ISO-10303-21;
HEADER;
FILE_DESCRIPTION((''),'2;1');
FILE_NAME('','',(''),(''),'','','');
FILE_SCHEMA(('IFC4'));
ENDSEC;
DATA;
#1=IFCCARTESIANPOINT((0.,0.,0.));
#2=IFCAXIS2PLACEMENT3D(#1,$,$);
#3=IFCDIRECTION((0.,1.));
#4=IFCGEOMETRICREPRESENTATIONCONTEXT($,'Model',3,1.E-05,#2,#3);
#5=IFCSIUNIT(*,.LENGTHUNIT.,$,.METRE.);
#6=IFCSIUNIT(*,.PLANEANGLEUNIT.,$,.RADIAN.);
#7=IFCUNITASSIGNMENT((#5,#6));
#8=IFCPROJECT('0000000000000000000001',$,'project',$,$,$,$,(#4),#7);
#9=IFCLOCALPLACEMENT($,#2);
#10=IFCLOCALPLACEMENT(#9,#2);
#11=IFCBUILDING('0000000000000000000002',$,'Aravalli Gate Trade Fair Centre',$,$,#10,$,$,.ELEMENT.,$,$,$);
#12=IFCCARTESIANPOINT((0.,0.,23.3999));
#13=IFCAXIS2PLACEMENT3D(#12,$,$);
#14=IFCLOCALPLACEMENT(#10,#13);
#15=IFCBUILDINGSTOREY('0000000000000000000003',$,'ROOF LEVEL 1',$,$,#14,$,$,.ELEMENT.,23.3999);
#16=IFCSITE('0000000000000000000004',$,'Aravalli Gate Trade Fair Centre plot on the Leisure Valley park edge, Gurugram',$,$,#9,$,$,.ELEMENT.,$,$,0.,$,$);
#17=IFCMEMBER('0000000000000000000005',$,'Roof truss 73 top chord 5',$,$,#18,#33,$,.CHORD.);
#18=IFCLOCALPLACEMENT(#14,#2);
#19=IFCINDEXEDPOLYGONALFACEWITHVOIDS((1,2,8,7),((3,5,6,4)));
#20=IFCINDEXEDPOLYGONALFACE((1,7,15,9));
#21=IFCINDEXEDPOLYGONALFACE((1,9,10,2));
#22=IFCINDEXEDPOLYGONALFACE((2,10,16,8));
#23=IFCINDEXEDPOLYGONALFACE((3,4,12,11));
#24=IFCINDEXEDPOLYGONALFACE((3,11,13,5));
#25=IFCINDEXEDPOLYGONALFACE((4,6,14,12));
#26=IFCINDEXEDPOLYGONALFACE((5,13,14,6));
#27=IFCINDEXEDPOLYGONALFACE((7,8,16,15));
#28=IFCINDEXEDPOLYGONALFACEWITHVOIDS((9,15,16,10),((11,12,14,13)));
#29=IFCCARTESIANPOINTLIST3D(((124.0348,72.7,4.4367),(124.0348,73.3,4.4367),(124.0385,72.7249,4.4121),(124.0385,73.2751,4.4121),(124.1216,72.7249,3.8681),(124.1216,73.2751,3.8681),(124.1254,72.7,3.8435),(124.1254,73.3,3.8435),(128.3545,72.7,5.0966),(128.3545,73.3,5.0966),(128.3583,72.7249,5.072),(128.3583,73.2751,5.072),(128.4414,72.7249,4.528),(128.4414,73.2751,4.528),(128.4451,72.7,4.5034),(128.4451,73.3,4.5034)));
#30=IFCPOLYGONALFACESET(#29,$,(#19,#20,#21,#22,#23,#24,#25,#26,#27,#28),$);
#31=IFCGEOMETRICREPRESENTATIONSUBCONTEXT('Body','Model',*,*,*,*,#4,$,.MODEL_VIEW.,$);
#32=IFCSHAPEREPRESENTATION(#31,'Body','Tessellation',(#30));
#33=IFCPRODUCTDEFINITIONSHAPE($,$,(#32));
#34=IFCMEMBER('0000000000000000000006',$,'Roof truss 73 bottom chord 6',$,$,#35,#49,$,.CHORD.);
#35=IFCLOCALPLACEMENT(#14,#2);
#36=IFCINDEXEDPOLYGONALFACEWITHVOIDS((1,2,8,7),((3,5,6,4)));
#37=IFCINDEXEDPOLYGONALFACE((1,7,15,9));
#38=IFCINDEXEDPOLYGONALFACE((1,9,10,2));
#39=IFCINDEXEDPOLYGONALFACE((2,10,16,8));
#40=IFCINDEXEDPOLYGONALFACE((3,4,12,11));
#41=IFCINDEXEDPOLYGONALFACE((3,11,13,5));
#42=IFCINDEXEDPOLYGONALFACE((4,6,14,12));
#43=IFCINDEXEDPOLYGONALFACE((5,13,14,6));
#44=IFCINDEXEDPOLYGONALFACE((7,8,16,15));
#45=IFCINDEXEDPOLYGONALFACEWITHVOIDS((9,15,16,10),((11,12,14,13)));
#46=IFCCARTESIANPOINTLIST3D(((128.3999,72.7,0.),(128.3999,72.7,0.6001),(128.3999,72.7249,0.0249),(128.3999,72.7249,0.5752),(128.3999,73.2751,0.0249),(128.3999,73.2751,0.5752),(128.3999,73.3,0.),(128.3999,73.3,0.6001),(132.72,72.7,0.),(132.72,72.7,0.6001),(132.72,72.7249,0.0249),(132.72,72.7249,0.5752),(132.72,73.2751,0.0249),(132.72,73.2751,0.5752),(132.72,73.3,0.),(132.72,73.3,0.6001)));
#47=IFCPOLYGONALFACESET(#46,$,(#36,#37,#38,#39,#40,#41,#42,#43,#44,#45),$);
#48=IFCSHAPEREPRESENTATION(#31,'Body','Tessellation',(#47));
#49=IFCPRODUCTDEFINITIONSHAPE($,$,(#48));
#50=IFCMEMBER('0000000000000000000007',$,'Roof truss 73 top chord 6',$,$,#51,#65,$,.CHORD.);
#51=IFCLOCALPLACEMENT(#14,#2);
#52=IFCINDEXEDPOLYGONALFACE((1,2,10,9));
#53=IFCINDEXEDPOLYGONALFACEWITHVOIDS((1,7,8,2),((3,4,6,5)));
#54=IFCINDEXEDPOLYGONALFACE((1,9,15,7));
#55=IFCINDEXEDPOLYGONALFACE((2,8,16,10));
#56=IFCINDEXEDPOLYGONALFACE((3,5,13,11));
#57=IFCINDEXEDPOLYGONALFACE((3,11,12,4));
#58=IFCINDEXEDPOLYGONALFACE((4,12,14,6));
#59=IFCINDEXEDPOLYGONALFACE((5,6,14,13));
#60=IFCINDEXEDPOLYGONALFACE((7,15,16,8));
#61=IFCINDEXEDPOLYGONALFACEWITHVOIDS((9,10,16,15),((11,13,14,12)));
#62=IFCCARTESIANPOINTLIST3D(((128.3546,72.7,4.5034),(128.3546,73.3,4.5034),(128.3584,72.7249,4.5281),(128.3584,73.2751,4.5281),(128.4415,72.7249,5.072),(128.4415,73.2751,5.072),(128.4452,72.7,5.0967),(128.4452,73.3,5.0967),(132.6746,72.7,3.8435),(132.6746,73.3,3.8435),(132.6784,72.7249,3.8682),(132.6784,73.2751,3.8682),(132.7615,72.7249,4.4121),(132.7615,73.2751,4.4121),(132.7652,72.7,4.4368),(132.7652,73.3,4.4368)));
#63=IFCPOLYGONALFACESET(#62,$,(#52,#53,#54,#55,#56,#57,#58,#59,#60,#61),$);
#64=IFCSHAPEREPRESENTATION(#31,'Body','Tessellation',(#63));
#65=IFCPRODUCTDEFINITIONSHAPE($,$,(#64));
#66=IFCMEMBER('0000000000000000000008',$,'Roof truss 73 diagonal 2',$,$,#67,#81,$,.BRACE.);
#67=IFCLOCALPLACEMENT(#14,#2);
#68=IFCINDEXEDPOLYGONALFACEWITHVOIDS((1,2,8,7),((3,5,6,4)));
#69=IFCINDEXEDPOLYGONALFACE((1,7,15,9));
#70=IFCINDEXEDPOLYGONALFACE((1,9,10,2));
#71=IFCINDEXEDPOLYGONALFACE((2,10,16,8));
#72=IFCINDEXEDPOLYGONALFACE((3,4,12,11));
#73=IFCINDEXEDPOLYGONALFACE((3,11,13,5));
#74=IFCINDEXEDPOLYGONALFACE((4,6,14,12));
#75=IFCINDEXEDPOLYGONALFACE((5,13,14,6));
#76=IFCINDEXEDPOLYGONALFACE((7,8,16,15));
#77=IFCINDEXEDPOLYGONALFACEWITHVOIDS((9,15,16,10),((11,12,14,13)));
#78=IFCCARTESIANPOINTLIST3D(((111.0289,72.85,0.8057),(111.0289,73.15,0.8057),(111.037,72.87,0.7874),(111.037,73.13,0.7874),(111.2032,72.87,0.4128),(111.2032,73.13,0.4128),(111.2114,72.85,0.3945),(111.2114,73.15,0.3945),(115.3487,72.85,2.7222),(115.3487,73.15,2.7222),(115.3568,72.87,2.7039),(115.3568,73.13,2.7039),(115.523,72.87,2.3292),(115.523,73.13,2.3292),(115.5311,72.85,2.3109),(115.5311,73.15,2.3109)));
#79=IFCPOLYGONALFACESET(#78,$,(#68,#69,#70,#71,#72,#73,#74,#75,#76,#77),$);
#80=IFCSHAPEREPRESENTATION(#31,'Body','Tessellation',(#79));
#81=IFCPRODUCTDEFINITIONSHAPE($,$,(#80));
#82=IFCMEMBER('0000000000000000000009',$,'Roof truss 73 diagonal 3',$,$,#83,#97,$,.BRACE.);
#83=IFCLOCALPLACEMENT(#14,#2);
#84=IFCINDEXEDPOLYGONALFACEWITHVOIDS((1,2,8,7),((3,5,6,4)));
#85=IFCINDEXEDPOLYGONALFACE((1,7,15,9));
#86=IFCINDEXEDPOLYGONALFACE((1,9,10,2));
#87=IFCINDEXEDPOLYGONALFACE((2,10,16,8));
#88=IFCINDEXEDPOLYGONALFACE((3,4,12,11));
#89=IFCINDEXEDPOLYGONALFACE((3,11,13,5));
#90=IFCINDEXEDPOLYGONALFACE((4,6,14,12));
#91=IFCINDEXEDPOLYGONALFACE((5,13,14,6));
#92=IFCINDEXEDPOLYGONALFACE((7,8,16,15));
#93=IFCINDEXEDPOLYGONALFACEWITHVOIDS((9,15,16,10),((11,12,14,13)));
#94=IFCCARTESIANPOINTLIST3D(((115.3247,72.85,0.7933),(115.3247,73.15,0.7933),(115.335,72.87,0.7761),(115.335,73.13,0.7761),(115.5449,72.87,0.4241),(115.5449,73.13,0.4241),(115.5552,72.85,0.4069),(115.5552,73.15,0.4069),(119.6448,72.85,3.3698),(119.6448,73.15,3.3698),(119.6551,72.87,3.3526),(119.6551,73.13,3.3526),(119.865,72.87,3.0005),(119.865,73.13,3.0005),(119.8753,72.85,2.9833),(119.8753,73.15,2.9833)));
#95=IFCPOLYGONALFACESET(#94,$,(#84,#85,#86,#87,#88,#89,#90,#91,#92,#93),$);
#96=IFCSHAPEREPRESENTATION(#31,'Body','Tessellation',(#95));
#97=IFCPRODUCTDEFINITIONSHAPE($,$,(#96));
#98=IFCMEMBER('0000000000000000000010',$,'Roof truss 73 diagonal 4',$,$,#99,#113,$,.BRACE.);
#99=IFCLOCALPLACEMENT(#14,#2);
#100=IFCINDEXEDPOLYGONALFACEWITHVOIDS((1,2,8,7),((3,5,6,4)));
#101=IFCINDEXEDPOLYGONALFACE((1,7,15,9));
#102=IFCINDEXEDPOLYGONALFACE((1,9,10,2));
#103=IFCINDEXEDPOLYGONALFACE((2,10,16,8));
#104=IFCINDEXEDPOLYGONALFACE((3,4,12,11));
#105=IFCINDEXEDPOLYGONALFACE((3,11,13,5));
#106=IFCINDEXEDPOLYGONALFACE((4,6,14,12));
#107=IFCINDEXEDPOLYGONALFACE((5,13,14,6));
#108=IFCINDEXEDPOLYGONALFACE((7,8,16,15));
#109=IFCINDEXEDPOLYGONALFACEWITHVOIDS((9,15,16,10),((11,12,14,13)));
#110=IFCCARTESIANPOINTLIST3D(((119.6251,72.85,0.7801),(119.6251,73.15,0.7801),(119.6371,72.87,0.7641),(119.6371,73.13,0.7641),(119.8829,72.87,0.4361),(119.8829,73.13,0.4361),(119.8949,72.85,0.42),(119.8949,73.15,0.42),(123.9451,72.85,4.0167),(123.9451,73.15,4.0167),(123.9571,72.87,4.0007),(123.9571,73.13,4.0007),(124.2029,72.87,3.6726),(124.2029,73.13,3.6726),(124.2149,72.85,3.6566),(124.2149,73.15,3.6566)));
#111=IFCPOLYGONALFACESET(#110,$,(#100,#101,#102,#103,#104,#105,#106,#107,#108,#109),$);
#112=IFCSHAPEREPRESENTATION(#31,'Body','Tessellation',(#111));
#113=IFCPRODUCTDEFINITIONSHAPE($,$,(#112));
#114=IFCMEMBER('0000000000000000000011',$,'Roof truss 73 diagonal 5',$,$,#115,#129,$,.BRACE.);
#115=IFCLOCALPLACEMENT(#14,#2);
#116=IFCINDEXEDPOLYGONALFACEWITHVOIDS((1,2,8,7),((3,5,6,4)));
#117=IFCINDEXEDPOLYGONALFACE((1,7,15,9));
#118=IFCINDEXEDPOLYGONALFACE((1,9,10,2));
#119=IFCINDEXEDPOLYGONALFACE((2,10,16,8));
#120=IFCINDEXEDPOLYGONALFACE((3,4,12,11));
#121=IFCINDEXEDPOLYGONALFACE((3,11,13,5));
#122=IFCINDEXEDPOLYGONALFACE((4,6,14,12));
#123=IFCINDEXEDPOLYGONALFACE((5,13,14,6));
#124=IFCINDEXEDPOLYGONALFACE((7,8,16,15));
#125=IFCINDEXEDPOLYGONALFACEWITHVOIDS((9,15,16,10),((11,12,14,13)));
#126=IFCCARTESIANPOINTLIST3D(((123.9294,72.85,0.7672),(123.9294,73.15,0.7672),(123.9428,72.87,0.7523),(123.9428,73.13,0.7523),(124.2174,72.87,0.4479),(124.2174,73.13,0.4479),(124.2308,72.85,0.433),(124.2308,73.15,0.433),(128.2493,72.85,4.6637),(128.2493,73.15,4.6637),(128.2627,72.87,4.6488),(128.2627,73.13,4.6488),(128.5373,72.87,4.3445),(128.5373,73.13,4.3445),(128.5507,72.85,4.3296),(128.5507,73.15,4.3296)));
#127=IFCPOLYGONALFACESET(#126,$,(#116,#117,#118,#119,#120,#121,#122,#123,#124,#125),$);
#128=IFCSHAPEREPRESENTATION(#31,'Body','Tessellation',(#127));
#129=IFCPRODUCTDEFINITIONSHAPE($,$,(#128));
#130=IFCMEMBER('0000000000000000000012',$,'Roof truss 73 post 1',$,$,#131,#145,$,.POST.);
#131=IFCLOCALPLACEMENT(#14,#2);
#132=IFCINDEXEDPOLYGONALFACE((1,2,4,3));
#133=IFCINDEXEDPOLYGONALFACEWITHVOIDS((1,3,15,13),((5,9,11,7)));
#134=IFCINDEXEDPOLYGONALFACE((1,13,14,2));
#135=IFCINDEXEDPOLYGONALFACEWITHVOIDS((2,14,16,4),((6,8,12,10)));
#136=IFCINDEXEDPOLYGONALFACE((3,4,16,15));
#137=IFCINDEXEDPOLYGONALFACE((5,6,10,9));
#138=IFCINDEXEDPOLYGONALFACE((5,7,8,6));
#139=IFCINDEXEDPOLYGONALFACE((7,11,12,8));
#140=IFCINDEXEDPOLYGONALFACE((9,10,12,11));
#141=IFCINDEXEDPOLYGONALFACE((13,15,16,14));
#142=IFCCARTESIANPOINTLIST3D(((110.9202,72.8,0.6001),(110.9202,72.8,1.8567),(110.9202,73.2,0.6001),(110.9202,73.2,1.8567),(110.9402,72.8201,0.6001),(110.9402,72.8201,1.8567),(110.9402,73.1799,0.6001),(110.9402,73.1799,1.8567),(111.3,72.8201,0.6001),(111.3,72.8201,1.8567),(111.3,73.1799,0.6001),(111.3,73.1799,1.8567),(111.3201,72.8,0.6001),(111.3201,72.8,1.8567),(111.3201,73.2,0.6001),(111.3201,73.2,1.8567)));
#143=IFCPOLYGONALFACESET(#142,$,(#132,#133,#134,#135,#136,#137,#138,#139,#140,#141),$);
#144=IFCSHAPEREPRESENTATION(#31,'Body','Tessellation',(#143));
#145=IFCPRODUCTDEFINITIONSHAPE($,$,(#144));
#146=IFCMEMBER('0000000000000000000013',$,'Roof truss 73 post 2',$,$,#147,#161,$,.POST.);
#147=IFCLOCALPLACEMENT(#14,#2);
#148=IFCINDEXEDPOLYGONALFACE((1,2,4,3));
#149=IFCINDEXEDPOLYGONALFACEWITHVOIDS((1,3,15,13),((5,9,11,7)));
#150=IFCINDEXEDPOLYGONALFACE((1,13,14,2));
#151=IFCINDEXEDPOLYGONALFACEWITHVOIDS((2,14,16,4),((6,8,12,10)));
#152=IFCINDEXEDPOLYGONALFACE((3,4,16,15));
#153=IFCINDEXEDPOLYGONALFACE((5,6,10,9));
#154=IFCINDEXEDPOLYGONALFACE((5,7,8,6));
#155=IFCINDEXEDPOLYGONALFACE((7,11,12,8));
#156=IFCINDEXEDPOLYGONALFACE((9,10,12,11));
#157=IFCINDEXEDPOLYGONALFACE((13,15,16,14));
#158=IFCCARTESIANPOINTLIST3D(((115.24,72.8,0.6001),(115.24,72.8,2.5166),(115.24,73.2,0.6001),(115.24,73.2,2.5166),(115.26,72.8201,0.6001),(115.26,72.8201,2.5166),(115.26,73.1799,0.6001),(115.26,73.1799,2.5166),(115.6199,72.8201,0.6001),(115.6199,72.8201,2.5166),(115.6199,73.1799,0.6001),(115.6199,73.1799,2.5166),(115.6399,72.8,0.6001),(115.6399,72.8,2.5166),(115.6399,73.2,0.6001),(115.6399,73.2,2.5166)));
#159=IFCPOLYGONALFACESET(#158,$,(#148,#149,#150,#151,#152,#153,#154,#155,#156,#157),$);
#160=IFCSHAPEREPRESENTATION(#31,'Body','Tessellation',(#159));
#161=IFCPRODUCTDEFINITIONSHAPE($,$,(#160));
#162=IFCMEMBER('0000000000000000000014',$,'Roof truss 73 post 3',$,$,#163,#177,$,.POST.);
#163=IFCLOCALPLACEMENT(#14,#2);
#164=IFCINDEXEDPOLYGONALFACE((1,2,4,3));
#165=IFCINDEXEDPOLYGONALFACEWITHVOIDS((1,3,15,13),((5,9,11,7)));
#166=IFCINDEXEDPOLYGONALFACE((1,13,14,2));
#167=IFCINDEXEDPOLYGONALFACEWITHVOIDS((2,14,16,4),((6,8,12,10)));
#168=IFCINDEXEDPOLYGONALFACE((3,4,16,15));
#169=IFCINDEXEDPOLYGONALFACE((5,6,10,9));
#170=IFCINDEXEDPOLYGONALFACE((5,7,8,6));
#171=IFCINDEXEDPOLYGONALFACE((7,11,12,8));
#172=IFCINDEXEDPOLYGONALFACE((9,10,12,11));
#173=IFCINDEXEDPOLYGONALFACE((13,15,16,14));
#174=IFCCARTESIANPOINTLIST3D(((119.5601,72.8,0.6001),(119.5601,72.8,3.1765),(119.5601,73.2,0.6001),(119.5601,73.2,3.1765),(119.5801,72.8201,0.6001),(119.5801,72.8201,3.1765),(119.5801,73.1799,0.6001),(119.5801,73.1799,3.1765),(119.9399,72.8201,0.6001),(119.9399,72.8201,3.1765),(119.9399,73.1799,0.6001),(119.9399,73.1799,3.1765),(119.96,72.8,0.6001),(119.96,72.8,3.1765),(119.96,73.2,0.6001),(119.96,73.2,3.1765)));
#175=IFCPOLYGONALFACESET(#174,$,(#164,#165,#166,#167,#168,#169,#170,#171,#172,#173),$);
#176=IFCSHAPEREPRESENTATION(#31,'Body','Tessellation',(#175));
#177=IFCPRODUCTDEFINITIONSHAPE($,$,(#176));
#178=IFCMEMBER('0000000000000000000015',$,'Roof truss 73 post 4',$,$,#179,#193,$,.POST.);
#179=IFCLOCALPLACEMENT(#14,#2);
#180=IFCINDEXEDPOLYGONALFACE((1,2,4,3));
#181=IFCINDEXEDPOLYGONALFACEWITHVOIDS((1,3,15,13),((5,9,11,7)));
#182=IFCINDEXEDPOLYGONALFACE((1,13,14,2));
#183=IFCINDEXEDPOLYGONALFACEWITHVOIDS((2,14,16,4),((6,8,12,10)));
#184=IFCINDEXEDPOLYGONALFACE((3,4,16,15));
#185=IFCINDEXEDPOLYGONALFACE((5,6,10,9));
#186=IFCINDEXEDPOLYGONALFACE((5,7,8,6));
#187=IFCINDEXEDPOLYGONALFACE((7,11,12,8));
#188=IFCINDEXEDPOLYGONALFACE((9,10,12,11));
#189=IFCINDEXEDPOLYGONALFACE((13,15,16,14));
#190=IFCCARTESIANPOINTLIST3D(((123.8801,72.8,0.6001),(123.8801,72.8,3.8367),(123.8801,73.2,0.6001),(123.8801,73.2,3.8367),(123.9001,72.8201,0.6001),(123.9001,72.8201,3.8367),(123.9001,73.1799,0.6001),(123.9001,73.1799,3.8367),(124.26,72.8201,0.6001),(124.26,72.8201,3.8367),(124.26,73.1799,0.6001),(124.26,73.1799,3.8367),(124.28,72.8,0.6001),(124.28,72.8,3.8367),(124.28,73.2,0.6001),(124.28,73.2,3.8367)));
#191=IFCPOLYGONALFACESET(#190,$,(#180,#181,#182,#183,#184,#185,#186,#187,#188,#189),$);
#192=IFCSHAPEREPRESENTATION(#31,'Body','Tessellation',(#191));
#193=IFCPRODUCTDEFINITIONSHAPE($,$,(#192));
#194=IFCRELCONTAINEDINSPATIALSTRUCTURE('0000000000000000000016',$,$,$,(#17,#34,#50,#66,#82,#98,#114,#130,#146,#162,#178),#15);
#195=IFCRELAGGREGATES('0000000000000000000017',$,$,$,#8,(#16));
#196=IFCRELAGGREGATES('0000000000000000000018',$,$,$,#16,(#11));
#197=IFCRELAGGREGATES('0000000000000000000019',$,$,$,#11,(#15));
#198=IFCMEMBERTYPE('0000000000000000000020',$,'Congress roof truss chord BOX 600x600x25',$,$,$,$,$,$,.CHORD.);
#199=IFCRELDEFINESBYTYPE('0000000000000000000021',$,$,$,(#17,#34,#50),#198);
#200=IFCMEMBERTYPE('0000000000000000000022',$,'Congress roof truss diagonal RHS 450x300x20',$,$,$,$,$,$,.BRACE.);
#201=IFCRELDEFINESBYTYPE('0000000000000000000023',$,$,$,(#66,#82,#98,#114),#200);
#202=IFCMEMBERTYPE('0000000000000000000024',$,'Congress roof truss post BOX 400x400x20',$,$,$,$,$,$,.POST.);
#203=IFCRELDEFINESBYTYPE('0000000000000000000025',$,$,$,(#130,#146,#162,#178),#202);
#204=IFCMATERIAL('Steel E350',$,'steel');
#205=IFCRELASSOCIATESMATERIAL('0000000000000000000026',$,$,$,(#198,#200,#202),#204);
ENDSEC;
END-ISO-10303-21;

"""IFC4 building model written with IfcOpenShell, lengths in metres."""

from ifc_helpers import new_model, si_unit, direction, frame, origin, origin_2d, place, context, subcontext, project, spatial, hollow_rectangle, extrude, material, material_profile, profile_set, type_object, element, save


model = new_model("IFC4")

# Units and contexts
model_context = context("Model", 3, precision=1e-05, world=origin(), true_north=direction((0.0, 1.0)))
body_context = subcontext(model_context, "Body", "Model", "MODEL_VIEW")
ifc_project = project(units=[si_unit("LENGTHUNIT", "METRE"), si_unit("PLANEANGLEUNIT", "RADIAN")], contexts=[model_context])

# Site, building, storey
site_placement = place(None, origin())
site = spatial("IfcSite", under=ifc_project, at=site_placement, Name="Aravalli Gate Trade Fair Centre plot on the Leisure Valley park edge, Gurugram", CompositionType="ELEMENT", RefElevation=0.0)
building_placement = place(site_placement, origin())
building = spatial("IfcBuilding", under=site, at=building_placement, Name="Aravalli Gate Trade Fair Centre", CompositionType="ELEMENT")
storey_placement = place(building_placement, frame((0.0, 0.0, 23.3999)))
storey = spatial("IfcBuildingStorey", under=building, at=storey_placement, Name="ROOF LEVEL 1", CompositionType="ELEMENT", Elevation=23.3999)

# Members
ifc_material = material(Name="Steel E350", Category="steel")
ifc_material_profile_1 = material_profile(ifc_material, hollow_rectangle(XDim=0.6001, YDim=0.6001, WallThickness=0.0249, at=origin_2d()), Name="BOX 600x600x25")
ifc_profile_set_1 = profile_set([ifc_material_profile_1], Name="Steel E350")
member_type_1 = type_object("IfcMemberType", Name="Congress roof truss chord BOX 600x600x25", PredefinedType="CHORD", material=ifc_profile_set_1)
member_1_placement = place(storey_placement, frame((124.0801, 73.0, 4.1401), z_axis=(0.988532, 0.0, 0.151012), x_axis=(0.0, 1.0, 0.0)))
element("IfcMember", 1, at=member_1_placement, inside=storey, type_object=member_type_1, Name="Roof truss 73 top chord 5", PredefinedType="CHORD", context=body_context, shape_type="SweptSolid", body=[
    extrude(hollow_rectangle(XDim=0.6001, YDim=0.6001, WallThickness=0.0249, at=origin_2d()), origin(), (0.0, 0.0, 1.0), 4.3699),
])
member_2_placement = place(storey_placement, frame((128.3999, 73.0, 0.3), z_axis=(1.0, 0.0, 0.0), x_axis=(0.0, 1.0, 0.0)))
element("IfcMember", 2, at=member_2_placement, inside=storey, type_object=member_type_1, Name="Roof truss 73 bottom chord 6", PredefinedType="CHORD", context=body_context, shape_type="SweptSolid", body=[
    extrude(hollow_rectangle(XDim=0.6001, YDim=0.6001, WallThickness=0.0249, at=origin_2d()), origin(), (0.0, 0.0, 1.0), 4.3201),
])
member_3_placement = place(storey_placement, frame((128.3999, 73.0, 4.8), z_axis=(0.988533, 0.0, -0.151003), x_axis=(0.0, 1.0, 0.0)))
element("IfcMember", 3, at=member_3_placement, inside=storey, type_object=member_type_1, Name="Roof truss 73 top chord 6", PredefinedType="CHORD", context=body_context, shape_type="SweptSolid", body=[
    extrude(hollow_rectangle(XDim=0.6001, YDim=0.6001, WallThickness=0.0249, at=origin_2d()), origin(), (0.0, 0.0, 1.0), 4.3701),
])
ifc_material_profile_2 = material_profile(ifc_material, hollow_rectangle(XDim=0.3, YDim=0.45, WallThickness=0.02, at=origin_2d()), Name="RHS 450x300x20")
ifc_profile_set_2 = profile_set([ifc_material_profile_2], Name="Steel E350")
member_type_2 = type_object("IfcMemberType", Name="Congress roof truss diagonal RHS 450x300x20", PredefinedType="BRACE", material=ifc_profile_set_2)
member_4_placement = place(storey_placement, frame((111.1201, 73.0, 0.6001), z_axis=(0.91408, 0.0, 0.405534), x_axis=(0.0, 1.0, 0.0)))
element("IfcMember", 4, at=member_4_placement, inside=storey, type_object=member_type_2, Name="Roof truss 73 diagonal 2", PredefinedType="BRACE", context=body_context, shape_type="SweptSolid", body=[
    extrude(hollow_rectangle(XDim=0.3, YDim=0.45, WallThickness=0.02, at=origin_2d()), origin(), (0.0, 0.0, 1.0), 4.7258),
])
member_5_placement = place(storey_placement, frame((115.4399, 73.0, 0.6001), z_axis=(0.85886, 0.0, 0.51221), x_axis=(0.0, 1.0, 0.0)))
element("IfcMember", 5, at=member_5_placement, inside=storey, type_object=member_type_2, Name="Roof truss 73 diagonal 3", PredefinedType="BRACE", context=body_context, shape_type="SweptSolid", body=[
    extrude(hollow_rectangle(XDim=0.3, YDim=0.45, WallThickness=0.02, at=origin_2d()), origin(), (0.0, 0.0, 1.0), 5.03),
])
member_6_placement = place(storey_placement, frame((119.76, 73.0, 0.6001), z_axis=(0.800309, 0.0, 0.599587), x_axis=(0.0, 1.0, 0.0)))
element("IfcMember", 6, at=member_6_placement, inside=storey, type_object=member_type_2, Name="Roof truss 73 diagonal 4", PredefinedType="BRACE", context=body_context, shape_type="SweptSolid", body=[
    extrude(hollow_rectangle(XDim=0.3, YDim=0.45, WallThickness=0.02, at=origin_2d()), origin(), (0.0, 0.0, 1.0), 5.3979),
])
member_7_placement = place(storey_placement, frame((124.0801, 73.0, 0.6001), z_axis=(0.742555, 0.0, 0.669785), x_axis=(0.0, 1.0, 0.0)))
element("IfcMember", 7, at=member_7_placement, inside=storey, type_object=member_type_2, Name="Roof truss 73 diagonal 5", PredefinedType="BRACE", context=body_context, shape_type="SweptSolid", body=[
    extrude(hollow_rectangle(XDim=0.3, YDim=0.45, WallThickness=0.02, at=origin_2d()), origin(), (0.0, 0.0, 1.0), 5.8176),
])
ifc_material_profile_3 = material_profile(ifc_material, hollow_rectangle(XDim=0.3999, YDim=0.3999, WallThickness=0.02, at=origin_2d()), Name="BOX 400x400x20")
ifc_profile_set_3 = profile_set([ifc_material_profile_3], Name="Steel E350")
member_type_3 = type_object("IfcMemberType", Name="Congress roof truss post BOX 400x400x20", PredefinedType="POST", material=ifc_profile_set_3)
member_8_placement = place(storey_placement, frame((111.1201, 73.0, 0.6001), z_axis=(0.0, 0.0, 1.0), x_axis=(1.0, 0.0, 0.0)))
element("IfcMember", 8, at=member_8_placement, inside=storey, type_object=member_type_3, Name="Roof truss 73 post 1", PredefinedType="POST", context=body_context, shape_type="SweptSolid", body=[
    extrude(hollow_rectangle(XDim=0.3999, YDim=0.3999, WallThickness=0.02, at=origin_2d()), origin(), (0.0, 0.0, 1.0), 1.2566),
])
member_9_placement = place(storey_placement, frame((115.4399, 73.0, 0.6001), z_axis=(0.0, 0.0, 1.0), x_axis=(1.0, 0.0, 0.0)))
element("IfcMember", 9, at=member_9_placement, inside=storey, type_object=member_type_3, Name="Roof truss 73 post 2", PredefinedType="POST", context=body_context, shape_type="SweptSolid", body=[
    extrude(hollow_rectangle(XDim=0.3999, YDim=0.3999, WallThickness=0.02, at=origin_2d()), origin(), (0.0, 0.0, 1.0), 1.9165),
])
member_10_placement = place(storey_placement, frame((119.76, 73.0, 0.6001), z_axis=(0.0, 0.0, 1.0), x_axis=(1.0, 0.0, 0.0)))
element("IfcMember", 10, at=member_10_placement, inside=storey, type_object=member_type_3, Name="Roof truss 73 post 3", PredefinedType="POST", context=body_context, shape_type="SweptSolid", body=[
    extrude(hollow_rectangle(XDim=0.3999, YDim=0.3999, WallThickness=0.02, at=origin_2d()), origin(), (0.0, 0.0, 1.0), 2.5764),
])
member_11_placement = place(storey_placement, frame((124.0801, 73.0, 0.6001), z_axis=(0.0, 0.0, 1.0), x_axis=(1.0, 0.0, 0.0)))
element("IfcMember", 11, at=member_11_placement, inside=storey, type_object=member_type_3, Name="Roof truss 73 post 4", PredefinedType="POST", context=body_context, shape_type="SweptSolid", body=[
    extrude(hollow_rectangle(XDim=0.3999, YDim=0.3999, WallThickness=0.02, at=origin_2d()), origin(), (0.0, 0.0, 1.0), 3.2366),
])

save(model, "model.ifc")
